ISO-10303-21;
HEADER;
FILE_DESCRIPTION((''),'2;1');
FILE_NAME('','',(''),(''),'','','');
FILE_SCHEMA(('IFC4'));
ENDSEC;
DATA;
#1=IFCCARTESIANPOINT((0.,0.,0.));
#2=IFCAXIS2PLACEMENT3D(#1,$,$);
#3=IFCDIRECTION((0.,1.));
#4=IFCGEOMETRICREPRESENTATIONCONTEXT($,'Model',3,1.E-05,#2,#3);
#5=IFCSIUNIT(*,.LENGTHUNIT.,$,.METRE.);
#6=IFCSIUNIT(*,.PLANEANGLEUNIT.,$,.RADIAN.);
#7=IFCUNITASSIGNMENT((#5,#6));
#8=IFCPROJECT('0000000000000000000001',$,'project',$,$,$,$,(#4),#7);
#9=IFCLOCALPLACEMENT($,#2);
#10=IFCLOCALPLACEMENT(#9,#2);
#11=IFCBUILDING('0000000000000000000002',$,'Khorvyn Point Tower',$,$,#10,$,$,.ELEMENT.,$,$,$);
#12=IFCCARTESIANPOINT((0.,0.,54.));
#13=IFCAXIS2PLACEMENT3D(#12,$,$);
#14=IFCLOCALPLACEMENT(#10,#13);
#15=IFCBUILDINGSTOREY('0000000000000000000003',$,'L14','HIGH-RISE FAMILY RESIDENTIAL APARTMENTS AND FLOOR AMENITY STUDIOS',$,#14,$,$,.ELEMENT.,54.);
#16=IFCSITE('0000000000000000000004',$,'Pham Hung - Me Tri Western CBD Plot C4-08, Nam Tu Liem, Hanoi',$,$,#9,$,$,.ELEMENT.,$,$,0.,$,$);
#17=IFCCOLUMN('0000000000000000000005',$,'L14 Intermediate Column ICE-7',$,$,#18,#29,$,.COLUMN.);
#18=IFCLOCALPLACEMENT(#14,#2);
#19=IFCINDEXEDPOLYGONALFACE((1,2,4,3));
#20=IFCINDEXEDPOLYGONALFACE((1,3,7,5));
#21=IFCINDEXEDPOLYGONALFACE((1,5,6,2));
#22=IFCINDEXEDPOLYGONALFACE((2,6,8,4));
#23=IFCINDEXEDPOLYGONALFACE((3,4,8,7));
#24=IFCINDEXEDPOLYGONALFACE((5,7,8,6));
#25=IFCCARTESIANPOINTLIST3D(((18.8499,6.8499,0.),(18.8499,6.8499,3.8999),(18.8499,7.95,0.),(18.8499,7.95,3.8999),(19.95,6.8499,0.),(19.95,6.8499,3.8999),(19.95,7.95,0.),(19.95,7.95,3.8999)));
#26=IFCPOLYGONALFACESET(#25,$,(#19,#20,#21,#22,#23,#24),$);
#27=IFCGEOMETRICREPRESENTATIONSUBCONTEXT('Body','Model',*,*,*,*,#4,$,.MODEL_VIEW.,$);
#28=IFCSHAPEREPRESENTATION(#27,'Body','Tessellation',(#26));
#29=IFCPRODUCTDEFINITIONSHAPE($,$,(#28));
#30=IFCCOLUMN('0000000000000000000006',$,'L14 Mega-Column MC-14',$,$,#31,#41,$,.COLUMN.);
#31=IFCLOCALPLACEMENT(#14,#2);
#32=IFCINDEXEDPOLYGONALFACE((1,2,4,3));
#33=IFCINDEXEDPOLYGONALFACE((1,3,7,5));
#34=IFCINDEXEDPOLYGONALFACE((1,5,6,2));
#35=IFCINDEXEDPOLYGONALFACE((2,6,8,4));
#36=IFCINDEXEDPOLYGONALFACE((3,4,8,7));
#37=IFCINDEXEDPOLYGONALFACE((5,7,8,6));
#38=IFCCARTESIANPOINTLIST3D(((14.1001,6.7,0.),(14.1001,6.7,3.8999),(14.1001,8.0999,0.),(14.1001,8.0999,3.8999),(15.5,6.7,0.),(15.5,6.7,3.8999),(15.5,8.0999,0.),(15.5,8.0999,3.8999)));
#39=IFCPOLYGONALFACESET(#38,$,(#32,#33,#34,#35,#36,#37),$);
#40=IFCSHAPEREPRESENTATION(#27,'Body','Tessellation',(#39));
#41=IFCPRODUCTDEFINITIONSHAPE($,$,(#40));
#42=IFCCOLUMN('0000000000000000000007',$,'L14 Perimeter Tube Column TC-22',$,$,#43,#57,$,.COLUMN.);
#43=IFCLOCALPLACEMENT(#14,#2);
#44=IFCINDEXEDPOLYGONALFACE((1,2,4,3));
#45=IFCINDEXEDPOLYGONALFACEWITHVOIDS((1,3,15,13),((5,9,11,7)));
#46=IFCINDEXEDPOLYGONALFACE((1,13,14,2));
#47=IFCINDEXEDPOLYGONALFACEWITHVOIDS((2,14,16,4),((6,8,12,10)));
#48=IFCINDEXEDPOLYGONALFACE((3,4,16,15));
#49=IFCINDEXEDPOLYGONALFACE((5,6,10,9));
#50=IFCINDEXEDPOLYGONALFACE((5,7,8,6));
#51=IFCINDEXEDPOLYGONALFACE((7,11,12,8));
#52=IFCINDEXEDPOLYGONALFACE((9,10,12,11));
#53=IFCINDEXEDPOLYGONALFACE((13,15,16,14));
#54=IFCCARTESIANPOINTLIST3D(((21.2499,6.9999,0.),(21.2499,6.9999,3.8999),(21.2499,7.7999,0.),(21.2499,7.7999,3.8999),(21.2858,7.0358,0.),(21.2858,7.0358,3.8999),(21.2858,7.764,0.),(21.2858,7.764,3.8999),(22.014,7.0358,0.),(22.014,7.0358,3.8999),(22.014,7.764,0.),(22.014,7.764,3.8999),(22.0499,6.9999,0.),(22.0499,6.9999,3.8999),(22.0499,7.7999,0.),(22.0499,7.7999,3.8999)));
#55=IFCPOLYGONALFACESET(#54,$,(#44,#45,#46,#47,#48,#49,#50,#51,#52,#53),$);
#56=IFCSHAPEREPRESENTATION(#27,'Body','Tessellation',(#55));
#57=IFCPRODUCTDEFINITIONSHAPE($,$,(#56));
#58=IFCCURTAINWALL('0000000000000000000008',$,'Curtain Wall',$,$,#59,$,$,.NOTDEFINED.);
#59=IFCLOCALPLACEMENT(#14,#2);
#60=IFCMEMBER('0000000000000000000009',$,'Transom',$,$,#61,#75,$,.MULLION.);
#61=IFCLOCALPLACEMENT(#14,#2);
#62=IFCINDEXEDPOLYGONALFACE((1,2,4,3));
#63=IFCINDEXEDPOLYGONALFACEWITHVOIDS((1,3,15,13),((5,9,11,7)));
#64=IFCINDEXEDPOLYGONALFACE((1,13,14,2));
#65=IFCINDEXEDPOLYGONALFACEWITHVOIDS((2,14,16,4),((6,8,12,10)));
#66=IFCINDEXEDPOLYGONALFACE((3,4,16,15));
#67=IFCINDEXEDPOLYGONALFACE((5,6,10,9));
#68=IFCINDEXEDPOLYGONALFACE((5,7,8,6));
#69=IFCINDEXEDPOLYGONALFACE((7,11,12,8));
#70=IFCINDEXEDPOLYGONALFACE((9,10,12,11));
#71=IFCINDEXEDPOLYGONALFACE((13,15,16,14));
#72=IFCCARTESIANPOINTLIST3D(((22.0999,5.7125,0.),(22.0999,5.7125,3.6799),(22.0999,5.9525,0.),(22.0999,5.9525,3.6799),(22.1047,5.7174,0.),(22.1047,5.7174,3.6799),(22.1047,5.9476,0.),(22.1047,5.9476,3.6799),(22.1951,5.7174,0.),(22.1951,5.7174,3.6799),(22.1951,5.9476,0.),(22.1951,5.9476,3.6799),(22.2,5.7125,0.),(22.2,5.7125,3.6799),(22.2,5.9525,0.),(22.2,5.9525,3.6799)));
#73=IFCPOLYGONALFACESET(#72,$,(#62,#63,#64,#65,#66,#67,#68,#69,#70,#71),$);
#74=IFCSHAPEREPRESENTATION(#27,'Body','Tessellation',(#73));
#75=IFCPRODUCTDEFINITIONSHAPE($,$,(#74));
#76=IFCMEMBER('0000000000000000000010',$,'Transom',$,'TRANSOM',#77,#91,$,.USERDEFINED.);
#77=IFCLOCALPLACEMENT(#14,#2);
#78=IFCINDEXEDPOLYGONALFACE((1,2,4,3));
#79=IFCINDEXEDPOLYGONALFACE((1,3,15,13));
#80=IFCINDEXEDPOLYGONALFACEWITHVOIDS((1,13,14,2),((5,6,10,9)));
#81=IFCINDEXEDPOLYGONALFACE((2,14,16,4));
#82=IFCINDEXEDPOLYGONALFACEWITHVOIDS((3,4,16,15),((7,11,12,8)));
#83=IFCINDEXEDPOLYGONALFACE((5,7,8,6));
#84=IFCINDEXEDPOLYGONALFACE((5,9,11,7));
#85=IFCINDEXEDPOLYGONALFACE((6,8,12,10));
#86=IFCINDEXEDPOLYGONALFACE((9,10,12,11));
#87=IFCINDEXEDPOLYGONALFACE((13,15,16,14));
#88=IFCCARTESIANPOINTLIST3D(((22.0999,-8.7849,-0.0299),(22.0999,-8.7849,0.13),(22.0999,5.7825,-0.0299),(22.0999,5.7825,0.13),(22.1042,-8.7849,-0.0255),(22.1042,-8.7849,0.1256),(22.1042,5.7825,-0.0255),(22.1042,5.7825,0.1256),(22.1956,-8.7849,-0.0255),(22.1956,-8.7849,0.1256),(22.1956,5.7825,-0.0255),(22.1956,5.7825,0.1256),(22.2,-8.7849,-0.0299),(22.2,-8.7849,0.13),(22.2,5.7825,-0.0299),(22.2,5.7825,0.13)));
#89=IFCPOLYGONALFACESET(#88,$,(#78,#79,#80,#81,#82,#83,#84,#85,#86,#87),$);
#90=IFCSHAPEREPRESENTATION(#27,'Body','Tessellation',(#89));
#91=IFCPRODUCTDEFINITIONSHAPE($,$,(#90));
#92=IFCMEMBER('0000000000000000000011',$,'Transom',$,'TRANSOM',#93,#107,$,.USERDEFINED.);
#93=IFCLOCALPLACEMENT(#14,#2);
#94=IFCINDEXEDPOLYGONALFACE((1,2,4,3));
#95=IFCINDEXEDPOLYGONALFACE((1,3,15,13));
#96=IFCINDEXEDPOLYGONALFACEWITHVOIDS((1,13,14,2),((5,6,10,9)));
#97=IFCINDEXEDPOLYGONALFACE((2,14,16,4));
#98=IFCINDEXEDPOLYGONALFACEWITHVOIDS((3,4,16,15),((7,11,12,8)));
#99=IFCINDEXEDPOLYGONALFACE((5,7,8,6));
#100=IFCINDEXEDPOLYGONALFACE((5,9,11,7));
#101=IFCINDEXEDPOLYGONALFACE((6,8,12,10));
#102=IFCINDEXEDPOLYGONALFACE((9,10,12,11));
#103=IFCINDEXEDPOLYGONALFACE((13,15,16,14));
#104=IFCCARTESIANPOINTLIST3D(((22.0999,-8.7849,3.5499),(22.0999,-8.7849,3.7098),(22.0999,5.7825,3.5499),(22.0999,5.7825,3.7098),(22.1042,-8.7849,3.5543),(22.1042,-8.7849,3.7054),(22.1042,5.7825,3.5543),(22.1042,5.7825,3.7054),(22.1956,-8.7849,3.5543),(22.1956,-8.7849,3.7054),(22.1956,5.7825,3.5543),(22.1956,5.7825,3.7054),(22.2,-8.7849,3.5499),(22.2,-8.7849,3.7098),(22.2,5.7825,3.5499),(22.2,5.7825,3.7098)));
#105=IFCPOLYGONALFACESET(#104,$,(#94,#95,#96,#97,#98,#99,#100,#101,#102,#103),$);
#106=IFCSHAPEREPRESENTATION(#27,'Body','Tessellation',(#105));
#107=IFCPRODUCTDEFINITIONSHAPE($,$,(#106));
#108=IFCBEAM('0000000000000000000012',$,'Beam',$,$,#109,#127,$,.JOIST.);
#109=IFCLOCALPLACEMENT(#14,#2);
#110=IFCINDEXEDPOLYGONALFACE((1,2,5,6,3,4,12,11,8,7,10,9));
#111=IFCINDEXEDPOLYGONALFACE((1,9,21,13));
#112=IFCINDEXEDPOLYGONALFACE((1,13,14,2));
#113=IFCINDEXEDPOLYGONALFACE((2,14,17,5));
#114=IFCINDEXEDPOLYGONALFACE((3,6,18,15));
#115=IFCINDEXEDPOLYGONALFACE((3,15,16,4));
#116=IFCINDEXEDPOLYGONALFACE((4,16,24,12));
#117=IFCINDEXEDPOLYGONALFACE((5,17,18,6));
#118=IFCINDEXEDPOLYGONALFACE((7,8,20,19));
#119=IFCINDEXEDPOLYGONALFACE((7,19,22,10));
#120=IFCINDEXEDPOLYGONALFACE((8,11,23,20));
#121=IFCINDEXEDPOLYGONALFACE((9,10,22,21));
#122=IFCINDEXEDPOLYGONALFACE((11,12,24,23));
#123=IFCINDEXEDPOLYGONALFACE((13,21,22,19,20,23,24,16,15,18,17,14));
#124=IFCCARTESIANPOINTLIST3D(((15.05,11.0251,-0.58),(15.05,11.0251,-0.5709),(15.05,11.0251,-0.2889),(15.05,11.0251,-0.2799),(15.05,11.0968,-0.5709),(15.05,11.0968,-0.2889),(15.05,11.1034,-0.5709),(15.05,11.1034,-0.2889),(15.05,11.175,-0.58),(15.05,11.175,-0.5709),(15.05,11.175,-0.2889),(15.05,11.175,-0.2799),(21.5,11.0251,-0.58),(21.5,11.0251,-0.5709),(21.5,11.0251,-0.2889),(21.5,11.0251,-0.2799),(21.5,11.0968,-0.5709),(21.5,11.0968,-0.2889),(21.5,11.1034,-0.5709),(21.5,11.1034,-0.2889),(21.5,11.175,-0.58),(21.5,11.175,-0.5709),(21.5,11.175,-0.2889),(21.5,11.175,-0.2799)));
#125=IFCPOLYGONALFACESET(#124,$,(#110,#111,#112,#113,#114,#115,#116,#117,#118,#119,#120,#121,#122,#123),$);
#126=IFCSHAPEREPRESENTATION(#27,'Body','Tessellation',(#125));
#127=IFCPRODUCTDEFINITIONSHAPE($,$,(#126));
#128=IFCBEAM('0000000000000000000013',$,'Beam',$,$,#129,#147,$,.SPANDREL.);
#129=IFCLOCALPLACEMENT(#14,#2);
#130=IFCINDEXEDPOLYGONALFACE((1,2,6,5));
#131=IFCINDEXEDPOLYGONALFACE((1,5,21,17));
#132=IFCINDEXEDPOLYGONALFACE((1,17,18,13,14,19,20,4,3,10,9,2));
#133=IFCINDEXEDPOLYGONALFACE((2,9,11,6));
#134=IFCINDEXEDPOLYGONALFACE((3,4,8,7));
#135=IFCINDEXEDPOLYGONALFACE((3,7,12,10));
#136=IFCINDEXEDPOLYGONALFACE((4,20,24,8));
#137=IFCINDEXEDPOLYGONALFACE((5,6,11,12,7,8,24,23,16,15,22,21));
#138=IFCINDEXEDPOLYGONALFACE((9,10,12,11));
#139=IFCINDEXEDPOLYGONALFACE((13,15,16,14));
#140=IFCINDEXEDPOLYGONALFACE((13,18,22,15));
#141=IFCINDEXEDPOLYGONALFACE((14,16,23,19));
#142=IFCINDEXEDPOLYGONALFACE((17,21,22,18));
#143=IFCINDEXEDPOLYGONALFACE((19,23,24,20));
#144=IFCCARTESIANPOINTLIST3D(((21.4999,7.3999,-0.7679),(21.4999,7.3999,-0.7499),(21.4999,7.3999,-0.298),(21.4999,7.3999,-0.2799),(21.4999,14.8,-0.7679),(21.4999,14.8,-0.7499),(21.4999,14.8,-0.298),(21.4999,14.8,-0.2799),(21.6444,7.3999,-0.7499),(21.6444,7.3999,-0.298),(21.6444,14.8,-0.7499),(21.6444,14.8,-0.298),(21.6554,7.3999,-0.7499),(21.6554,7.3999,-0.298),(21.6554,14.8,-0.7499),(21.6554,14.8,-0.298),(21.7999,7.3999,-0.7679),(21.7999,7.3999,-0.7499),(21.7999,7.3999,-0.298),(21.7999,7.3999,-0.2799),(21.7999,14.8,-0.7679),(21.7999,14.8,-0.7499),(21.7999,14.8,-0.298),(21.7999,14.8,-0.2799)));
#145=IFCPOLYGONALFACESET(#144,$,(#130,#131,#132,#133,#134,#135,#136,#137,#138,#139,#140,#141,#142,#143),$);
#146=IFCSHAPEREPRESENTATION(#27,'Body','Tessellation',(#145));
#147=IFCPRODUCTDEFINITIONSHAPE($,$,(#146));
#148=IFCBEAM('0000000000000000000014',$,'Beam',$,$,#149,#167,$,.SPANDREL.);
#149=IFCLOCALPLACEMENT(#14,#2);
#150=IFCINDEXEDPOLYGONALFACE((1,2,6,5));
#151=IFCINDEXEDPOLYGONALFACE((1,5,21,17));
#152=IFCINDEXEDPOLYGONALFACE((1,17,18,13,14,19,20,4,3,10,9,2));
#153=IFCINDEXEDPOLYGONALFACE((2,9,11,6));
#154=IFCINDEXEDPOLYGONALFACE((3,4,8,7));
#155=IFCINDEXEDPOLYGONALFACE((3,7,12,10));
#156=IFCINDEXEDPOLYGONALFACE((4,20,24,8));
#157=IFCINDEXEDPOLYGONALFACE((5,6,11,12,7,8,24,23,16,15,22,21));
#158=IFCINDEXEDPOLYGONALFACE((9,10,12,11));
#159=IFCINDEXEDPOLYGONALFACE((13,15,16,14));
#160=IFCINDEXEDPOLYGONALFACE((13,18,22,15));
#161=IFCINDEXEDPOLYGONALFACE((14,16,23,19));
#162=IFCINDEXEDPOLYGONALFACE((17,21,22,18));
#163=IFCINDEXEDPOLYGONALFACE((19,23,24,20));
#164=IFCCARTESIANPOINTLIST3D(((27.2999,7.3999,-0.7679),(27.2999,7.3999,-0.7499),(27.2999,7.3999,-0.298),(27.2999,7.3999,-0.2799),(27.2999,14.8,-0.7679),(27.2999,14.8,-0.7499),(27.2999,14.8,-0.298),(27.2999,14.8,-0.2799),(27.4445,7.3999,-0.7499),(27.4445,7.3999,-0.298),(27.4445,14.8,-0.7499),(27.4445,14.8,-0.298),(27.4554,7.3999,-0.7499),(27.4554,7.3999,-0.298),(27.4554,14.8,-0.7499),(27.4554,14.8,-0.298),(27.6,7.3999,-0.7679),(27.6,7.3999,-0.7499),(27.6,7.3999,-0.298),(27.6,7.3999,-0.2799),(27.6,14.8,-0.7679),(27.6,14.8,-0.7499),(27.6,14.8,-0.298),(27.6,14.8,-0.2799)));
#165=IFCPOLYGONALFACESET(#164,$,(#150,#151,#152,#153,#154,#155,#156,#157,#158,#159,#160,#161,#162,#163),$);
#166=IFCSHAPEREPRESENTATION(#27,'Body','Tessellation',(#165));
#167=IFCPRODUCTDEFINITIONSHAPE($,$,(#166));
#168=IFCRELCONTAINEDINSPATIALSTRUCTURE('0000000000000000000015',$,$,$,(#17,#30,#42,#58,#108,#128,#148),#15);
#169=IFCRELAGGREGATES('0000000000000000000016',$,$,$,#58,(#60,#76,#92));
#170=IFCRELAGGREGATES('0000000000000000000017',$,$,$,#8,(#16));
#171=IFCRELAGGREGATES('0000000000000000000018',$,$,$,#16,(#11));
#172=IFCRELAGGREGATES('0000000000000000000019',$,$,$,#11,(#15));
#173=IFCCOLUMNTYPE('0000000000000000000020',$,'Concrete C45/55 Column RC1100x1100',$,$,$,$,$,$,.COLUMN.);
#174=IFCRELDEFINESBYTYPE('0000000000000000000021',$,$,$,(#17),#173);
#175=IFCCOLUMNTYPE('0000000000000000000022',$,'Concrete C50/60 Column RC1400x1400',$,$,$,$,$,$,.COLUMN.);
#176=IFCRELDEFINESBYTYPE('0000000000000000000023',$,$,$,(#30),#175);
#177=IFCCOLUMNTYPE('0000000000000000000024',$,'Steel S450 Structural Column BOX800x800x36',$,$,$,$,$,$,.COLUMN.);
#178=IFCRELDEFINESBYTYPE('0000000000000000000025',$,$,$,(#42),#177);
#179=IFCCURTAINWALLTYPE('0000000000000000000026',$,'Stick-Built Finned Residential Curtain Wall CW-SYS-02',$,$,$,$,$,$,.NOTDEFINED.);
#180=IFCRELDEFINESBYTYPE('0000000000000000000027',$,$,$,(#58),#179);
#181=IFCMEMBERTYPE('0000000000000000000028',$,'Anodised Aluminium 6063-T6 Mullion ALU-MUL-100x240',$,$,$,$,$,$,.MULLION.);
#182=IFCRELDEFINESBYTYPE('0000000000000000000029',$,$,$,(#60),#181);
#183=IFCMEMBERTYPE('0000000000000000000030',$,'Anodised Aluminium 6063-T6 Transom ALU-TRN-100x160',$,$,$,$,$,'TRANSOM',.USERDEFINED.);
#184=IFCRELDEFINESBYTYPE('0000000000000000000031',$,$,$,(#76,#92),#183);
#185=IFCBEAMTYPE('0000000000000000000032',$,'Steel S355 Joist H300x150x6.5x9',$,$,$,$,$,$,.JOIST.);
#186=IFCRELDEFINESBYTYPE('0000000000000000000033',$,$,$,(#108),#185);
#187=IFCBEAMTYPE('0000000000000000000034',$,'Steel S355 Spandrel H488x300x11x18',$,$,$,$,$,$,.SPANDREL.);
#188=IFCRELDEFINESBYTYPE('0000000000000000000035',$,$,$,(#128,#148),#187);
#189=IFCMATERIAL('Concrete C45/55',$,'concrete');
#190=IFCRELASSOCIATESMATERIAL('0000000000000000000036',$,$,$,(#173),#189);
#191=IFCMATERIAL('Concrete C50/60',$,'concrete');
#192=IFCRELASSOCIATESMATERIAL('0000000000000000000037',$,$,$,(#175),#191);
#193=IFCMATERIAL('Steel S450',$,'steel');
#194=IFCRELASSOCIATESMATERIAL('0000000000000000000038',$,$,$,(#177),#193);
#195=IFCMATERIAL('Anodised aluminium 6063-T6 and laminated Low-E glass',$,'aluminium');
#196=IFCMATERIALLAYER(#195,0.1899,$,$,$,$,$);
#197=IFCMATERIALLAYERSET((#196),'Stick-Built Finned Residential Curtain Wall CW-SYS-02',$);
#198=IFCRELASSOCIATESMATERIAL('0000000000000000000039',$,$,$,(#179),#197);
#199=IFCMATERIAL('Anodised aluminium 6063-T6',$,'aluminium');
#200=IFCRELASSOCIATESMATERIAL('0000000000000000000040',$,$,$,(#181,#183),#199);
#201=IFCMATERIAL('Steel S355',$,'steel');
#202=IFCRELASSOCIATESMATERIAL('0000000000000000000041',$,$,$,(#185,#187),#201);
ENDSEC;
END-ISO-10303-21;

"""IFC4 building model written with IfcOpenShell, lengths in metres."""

from ifc_helpers import new_model, si_unit, direction, frame, origin, origin_2d, place, context, subcontext, project, spatial, rectangle, hollow_rectangle, i_section, extrude, material, layer, layer_set, material_profile, profile_set, type_object, element, aggregate, save


model = new_model("IFC4")

# Units and contexts
model_context = context("Model", 3, precision=1e-05, world=origin(), true_north=direction((0.0, 1.0)))
body_context = subcontext(model_context, "Body", "Model", "MODEL_VIEW")
ifc_project = project(units=[si_unit("LENGTHUNIT", "METRE"), si_unit("PLANEANGLEUNIT", "RADIAN")], contexts=[model_context])

# Site, building, storey
site_placement = place(None, origin())
site = spatial("IfcSite", under=ifc_project, at=site_placement, Name="Pham Hung - Me Tri Western CBD Plot C4-08, Nam Tu Liem, Hanoi", CompositionType="ELEMENT", RefElevation=0.0)
building_placement = place(site_placement, origin())
building = spatial("IfcBuilding", under=site, at=building_placement, Name="Khorvyn Point Tower", CompositionType="ELEMENT")
storey_placement = place(building_placement, frame((0.0, 0.0, 54.0)))
storey = spatial("IfcBuildingStorey", under=building, at=storey_placement, Name="L14", Description="HIGH-RISE FAMILY RESIDENTIAL APARTMENTS AND FLOOR AMENITY STUDIOS", CompositionType="ELEMENT", Elevation=54.0)

# Columns
ifc_material_1 = material(Name="Concrete C45/55", Category="concrete")
ifc_material_profile_1 = material_profile(ifc_material_1, rectangle(XDim=1.1001, YDim=1.1001, at=origin_2d()))
ifc_profile_set_1 = profile_set([ifc_material_profile_1], Name="Concrete C45/55 RC1100x1100")
column_type_1 = type_object("IfcColumnType", Name="Concrete C45/55 Column RC1100x1100", PredefinedType="COLUMN", material=ifc_profile_set_1)
column_1_placement = place(storey_placement, frame((19.3999, 7.3999, 0.0), z_axis=(0.0, 0.0, 1.0), x_axis=(1.0, 0.0, 0.0)))
element("IfcColumn", 1, at=column_1_placement, inside=storey, type_object=column_type_1, Name="L14 Intermediate Column ICE-7", PredefinedType="COLUMN", context=body_context, shape_type="SweptSolid", body=[
    extrude(rectangle(XDim=1.1001, YDim=1.1001, at=origin_2d()), origin(), (0.0, 0.0, 1.0), 3.8999),
])
ifc_material_2 = material(Name="Concrete C50/60", Category="concrete")
ifc_material_profile_2 = material_profile(ifc_material_2, rectangle(XDim=1.3999, YDim=1.3999, at=origin_2d()))
ifc_profile_set_2 = profile_set([ifc_material_profile_2], Name="Concrete C50/60 RC1400x1400")
column_type_2 = type_object("IfcColumnType", Name="Concrete C50/60 Column RC1400x1400", PredefinedType="COLUMN", material=ifc_profile_set_2)
column_2_placement = place(storey_placement, frame((14.8, 7.3999, 0.0), z_axis=(0.0, 0.0, 1.0), x_axis=(1.0, 0.0, 0.0)))
element("IfcColumn", 2, at=column_2_placement, inside=storey, type_object=column_type_2, Name="L14 Mega-Column MC-14", PredefinedType="COLUMN", context=body_context, shape_type="SweptSolid", body=[
    extrude(rectangle(XDim=1.3999, YDim=1.3999, at=origin_2d()), origin(), (0.0, 0.0, 1.0), 3.8999),
])
ifc_material_3 = material(Name="Steel S450", Category="steel")
ifc_material_profile_3 = material_profile(ifc_material_3, hollow_rectangle(XDim=0.8, YDim=0.8, WallThickness=0.0359, at=origin_2d()))
ifc_profile_set_3 = profile_set([ifc_material_profile_3], Name="Steel S450 BOX800x800x36")
column_type_3 = type_object("IfcColumnType", Name="Steel S450 Structural Column BOX800x800x36", PredefinedType="COLUMN", material=ifc_profile_set_3)
column_3_placement = place(storey_placement, frame((21.6499, 7.3999, 0.0), z_axis=(0.0, 0.0, 1.0), x_axis=(1.0, 0.0, 0.0)))
element("IfcColumn", 3, at=column_3_placement, inside=storey, type_object=column_type_3, Name="L14 Perimeter Tube Column TC-22", PredefinedType="COLUMN", context=body_context, shape_type="SweptSolid", body=[
    extrude(hollow_rectangle(XDim=0.8, YDim=0.8, WallThickness=0.0359, at=origin_2d()), origin(), (0.0, 0.0, 1.0), 3.8999),
])

# Curtain wall, members
ifc_material_4 = material(Name="Anodised aluminium 6063-T6 and laminated Low-E glass", Category="aluminium")
ifc_layer_1 = layer(ifc_material_4, 0.1899)
ifc_layer_set_1 = layer_set([ifc_layer_1], Name="Stick-Built Finned Residential Curtain Wall CW-SYS-02")
curtain_wall_type = type_object("IfcCurtainWallType", Name="Stick-Built Finned Residential Curtain Wall CW-SYS-02", PredefinedType="NOTDEFINED", material=ifc_layer_set_1)
curtain_wall_placement = place(storey_placement, origin())
curtain_wall = element("IfcCurtainWall", 4, at=curtain_wall_placement, inside=storey, type_object=curtain_wall_type, Name="Curtain Wall", PredefinedType="NOTDEFINED")
ifc_material_5 = material(Name="Anodised aluminium 6063-T6", Category="aluminium")
ifc_material_profile_4 = material_profile(ifc_material_5, hollow_rectangle(XDim=0.1001, YDim=0.24, WallThickness=0.0049, at=origin_2d()))
ifc_profile_set_4 = profile_set([ifc_material_profile_4], Name="Anodised aluminium 6063-T6 ALU-MUL-100x240")
member_type_1 = type_object("IfcMemberType", Name="Anodised Aluminium 6063-T6 Mullion ALU-MUL-100x240", PredefinedType="MULLION", material=ifc_profile_set_4)
member_1_placement = place(storey_placement, frame((22.1499, 5.8325, 0.0), z_axis=(0.0, 0.0, 1.0), x_axis=(1.0, 0.0, 0.0)))
member_1 = element("IfcMember", 5, at=member_1_placement, type_object=member_type_1, Name="Transom", PredefinedType="MULLION", context=body_context, shape_type="SweptSolid", body=[
    extrude(hollow_rectangle(XDim=0.1001, YDim=0.24, WallThickness=0.0049, at=origin_2d()), origin(), (0.0, 0.0, 1.0), 3.6799),
])
ifc_material_profile_5 = material_profile(ifc_material_5, hollow_rectangle(XDim=0.1001, YDim=0.1599, WallThickness=0.0044, at=origin_2d()))
ifc_profile_set_5 = profile_set([ifc_material_profile_5], Name="Anodised aluminium 6063-T6 ALU-TRN-100x160")
member_type_2 = type_object("IfcMemberType", Name="Anodised Aluminium 6063-T6 Transom ALU-TRN-100x160", ElementType="TRANSOM", PredefinedType="USERDEFINED", material=ifc_profile_set_5)
member_2_placement = place(storey_placement, frame((22.1499, 5.7825, 0.05), z_axis=(0.0, -1.0, 0.0), x_axis=(1.0, 0.0, 0.0)))
member_2 = element("IfcMember", 6, at=member_2_placement, type_object=member_type_2, Name="Transom", ObjectType="TRANSOM", PredefinedType="USERDEFINED", context=body_context, shape_type="SweptSolid", body=[
    extrude(hollow_rectangle(XDim=0.1001, YDim=0.1599, WallThickness=0.0044, at=origin_2d()), origin(), (0.0, 0.0, 1.0), 14.5674),
])
member_3_placement = place(storey_placement, frame((22.1499, 5.7825, 3.6299), z_axis=(0.0, -1.0, 0.0), x_axis=(1.0, 0.0, 0.0)))
member_3 = element("IfcMember", 7, at=member_3_placement, type_object=member_type_2, Name="Transom", ObjectType="TRANSOM", PredefinedType="USERDEFINED", context=body_context, shape_type="SweptSolid", body=[
    extrude(hollow_rectangle(XDim=0.1001, YDim=0.1599, WallThickness=0.0044, at=origin_2d()), origin(), (0.0, 0.0, 1.0), 14.5674),
])

# Beams
ifc_material_6 = material(Name="Steel S355", Category="steel")
ifc_material_profile_6 = material_profile(ifc_material_6, i_section(OverallWidth=0.1499, OverallDepth=0.3, WebThickness=0.0066, FlangeThickness=0.009, at=origin_2d()))
ifc_profile_set_6 = profile_set([ifc_material_profile_6], Name="Steel S355 H300x150x6.5x9")
beam_type_1 = type_object("IfcBeamType", Name="Steel S355 Joist H300x150x6.5x9", PredefinedType="JOIST", material=ifc_profile_set_6)
beam_1_placement = place(storey_placement, frame((15.05, 11.1001, -0.4299), z_axis=(1.0, 0.0, 0.0), x_axis=(0.0, 1.0, 0.0)))
element("IfcBeam", 8, at=beam_1_placement, inside=storey, type_object=beam_type_1, Name="Beam", PredefinedType="JOIST", context=body_context, shape_type="SweptSolid", body=[
    extrude(i_section(OverallWidth=0.1499, OverallDepth=0.3, WebThickness=0.0066, FlangeThickness=0.009, at=origin_2d()), origin(), (0.0, 0.0, 1.0), 6.45),
])
ifc_material_profile_7 = material_profile(ifc_material_6, i_section(OverallWidth=0.3, OverallDepth=0.488, WebThickness=0.011, FlangeThickness=0.0181, at=origin_2d()))
ifc_profile_set_7 = profile_set([ifc_material_profile_7], Name="Steel S355 H488x300x11x18")
beam_type_2 = type_object("IfcBeamType", Name="Steel S355 Spandrel H488x300x11x18", PredefinedType="SPANDREL", material=ifc_profile_set_7)
for number, where, z_axis, x_axis, name in (
    (9, (21.6499, 7.3999, -0.5239), (0.0, 1.0, 0.0), (-1.0, 0.0, 0.0), "Beam"),
    (10, (27.45, 7.3999, -0.5239), (0.0, 1.0, 0.0), (-1.0, 0.0, 0.0), "Beam"),
):
    element("IfcBeam", number, at=place(storey_placement, frame(where, z_axis=z_axis, x_axis=x_axis)), inside=storey, type_object=beam_type_2, Name=name, PredefinedType="SPANDREL", context=body_context, shape_type="SweptSolid", body=[
        extrude(i_section(OverallWidth=0.3, OverallDepth=0.488, WebThickness=0.011, FlangeThickness=0.0181, at=origin_2d()), origin(), (0.0, 0.0, 1.0), 7.4001),
    ])

aggregate(curtain_wall, [member_1, member_2, member_3])

save(model, "model.ifc")
